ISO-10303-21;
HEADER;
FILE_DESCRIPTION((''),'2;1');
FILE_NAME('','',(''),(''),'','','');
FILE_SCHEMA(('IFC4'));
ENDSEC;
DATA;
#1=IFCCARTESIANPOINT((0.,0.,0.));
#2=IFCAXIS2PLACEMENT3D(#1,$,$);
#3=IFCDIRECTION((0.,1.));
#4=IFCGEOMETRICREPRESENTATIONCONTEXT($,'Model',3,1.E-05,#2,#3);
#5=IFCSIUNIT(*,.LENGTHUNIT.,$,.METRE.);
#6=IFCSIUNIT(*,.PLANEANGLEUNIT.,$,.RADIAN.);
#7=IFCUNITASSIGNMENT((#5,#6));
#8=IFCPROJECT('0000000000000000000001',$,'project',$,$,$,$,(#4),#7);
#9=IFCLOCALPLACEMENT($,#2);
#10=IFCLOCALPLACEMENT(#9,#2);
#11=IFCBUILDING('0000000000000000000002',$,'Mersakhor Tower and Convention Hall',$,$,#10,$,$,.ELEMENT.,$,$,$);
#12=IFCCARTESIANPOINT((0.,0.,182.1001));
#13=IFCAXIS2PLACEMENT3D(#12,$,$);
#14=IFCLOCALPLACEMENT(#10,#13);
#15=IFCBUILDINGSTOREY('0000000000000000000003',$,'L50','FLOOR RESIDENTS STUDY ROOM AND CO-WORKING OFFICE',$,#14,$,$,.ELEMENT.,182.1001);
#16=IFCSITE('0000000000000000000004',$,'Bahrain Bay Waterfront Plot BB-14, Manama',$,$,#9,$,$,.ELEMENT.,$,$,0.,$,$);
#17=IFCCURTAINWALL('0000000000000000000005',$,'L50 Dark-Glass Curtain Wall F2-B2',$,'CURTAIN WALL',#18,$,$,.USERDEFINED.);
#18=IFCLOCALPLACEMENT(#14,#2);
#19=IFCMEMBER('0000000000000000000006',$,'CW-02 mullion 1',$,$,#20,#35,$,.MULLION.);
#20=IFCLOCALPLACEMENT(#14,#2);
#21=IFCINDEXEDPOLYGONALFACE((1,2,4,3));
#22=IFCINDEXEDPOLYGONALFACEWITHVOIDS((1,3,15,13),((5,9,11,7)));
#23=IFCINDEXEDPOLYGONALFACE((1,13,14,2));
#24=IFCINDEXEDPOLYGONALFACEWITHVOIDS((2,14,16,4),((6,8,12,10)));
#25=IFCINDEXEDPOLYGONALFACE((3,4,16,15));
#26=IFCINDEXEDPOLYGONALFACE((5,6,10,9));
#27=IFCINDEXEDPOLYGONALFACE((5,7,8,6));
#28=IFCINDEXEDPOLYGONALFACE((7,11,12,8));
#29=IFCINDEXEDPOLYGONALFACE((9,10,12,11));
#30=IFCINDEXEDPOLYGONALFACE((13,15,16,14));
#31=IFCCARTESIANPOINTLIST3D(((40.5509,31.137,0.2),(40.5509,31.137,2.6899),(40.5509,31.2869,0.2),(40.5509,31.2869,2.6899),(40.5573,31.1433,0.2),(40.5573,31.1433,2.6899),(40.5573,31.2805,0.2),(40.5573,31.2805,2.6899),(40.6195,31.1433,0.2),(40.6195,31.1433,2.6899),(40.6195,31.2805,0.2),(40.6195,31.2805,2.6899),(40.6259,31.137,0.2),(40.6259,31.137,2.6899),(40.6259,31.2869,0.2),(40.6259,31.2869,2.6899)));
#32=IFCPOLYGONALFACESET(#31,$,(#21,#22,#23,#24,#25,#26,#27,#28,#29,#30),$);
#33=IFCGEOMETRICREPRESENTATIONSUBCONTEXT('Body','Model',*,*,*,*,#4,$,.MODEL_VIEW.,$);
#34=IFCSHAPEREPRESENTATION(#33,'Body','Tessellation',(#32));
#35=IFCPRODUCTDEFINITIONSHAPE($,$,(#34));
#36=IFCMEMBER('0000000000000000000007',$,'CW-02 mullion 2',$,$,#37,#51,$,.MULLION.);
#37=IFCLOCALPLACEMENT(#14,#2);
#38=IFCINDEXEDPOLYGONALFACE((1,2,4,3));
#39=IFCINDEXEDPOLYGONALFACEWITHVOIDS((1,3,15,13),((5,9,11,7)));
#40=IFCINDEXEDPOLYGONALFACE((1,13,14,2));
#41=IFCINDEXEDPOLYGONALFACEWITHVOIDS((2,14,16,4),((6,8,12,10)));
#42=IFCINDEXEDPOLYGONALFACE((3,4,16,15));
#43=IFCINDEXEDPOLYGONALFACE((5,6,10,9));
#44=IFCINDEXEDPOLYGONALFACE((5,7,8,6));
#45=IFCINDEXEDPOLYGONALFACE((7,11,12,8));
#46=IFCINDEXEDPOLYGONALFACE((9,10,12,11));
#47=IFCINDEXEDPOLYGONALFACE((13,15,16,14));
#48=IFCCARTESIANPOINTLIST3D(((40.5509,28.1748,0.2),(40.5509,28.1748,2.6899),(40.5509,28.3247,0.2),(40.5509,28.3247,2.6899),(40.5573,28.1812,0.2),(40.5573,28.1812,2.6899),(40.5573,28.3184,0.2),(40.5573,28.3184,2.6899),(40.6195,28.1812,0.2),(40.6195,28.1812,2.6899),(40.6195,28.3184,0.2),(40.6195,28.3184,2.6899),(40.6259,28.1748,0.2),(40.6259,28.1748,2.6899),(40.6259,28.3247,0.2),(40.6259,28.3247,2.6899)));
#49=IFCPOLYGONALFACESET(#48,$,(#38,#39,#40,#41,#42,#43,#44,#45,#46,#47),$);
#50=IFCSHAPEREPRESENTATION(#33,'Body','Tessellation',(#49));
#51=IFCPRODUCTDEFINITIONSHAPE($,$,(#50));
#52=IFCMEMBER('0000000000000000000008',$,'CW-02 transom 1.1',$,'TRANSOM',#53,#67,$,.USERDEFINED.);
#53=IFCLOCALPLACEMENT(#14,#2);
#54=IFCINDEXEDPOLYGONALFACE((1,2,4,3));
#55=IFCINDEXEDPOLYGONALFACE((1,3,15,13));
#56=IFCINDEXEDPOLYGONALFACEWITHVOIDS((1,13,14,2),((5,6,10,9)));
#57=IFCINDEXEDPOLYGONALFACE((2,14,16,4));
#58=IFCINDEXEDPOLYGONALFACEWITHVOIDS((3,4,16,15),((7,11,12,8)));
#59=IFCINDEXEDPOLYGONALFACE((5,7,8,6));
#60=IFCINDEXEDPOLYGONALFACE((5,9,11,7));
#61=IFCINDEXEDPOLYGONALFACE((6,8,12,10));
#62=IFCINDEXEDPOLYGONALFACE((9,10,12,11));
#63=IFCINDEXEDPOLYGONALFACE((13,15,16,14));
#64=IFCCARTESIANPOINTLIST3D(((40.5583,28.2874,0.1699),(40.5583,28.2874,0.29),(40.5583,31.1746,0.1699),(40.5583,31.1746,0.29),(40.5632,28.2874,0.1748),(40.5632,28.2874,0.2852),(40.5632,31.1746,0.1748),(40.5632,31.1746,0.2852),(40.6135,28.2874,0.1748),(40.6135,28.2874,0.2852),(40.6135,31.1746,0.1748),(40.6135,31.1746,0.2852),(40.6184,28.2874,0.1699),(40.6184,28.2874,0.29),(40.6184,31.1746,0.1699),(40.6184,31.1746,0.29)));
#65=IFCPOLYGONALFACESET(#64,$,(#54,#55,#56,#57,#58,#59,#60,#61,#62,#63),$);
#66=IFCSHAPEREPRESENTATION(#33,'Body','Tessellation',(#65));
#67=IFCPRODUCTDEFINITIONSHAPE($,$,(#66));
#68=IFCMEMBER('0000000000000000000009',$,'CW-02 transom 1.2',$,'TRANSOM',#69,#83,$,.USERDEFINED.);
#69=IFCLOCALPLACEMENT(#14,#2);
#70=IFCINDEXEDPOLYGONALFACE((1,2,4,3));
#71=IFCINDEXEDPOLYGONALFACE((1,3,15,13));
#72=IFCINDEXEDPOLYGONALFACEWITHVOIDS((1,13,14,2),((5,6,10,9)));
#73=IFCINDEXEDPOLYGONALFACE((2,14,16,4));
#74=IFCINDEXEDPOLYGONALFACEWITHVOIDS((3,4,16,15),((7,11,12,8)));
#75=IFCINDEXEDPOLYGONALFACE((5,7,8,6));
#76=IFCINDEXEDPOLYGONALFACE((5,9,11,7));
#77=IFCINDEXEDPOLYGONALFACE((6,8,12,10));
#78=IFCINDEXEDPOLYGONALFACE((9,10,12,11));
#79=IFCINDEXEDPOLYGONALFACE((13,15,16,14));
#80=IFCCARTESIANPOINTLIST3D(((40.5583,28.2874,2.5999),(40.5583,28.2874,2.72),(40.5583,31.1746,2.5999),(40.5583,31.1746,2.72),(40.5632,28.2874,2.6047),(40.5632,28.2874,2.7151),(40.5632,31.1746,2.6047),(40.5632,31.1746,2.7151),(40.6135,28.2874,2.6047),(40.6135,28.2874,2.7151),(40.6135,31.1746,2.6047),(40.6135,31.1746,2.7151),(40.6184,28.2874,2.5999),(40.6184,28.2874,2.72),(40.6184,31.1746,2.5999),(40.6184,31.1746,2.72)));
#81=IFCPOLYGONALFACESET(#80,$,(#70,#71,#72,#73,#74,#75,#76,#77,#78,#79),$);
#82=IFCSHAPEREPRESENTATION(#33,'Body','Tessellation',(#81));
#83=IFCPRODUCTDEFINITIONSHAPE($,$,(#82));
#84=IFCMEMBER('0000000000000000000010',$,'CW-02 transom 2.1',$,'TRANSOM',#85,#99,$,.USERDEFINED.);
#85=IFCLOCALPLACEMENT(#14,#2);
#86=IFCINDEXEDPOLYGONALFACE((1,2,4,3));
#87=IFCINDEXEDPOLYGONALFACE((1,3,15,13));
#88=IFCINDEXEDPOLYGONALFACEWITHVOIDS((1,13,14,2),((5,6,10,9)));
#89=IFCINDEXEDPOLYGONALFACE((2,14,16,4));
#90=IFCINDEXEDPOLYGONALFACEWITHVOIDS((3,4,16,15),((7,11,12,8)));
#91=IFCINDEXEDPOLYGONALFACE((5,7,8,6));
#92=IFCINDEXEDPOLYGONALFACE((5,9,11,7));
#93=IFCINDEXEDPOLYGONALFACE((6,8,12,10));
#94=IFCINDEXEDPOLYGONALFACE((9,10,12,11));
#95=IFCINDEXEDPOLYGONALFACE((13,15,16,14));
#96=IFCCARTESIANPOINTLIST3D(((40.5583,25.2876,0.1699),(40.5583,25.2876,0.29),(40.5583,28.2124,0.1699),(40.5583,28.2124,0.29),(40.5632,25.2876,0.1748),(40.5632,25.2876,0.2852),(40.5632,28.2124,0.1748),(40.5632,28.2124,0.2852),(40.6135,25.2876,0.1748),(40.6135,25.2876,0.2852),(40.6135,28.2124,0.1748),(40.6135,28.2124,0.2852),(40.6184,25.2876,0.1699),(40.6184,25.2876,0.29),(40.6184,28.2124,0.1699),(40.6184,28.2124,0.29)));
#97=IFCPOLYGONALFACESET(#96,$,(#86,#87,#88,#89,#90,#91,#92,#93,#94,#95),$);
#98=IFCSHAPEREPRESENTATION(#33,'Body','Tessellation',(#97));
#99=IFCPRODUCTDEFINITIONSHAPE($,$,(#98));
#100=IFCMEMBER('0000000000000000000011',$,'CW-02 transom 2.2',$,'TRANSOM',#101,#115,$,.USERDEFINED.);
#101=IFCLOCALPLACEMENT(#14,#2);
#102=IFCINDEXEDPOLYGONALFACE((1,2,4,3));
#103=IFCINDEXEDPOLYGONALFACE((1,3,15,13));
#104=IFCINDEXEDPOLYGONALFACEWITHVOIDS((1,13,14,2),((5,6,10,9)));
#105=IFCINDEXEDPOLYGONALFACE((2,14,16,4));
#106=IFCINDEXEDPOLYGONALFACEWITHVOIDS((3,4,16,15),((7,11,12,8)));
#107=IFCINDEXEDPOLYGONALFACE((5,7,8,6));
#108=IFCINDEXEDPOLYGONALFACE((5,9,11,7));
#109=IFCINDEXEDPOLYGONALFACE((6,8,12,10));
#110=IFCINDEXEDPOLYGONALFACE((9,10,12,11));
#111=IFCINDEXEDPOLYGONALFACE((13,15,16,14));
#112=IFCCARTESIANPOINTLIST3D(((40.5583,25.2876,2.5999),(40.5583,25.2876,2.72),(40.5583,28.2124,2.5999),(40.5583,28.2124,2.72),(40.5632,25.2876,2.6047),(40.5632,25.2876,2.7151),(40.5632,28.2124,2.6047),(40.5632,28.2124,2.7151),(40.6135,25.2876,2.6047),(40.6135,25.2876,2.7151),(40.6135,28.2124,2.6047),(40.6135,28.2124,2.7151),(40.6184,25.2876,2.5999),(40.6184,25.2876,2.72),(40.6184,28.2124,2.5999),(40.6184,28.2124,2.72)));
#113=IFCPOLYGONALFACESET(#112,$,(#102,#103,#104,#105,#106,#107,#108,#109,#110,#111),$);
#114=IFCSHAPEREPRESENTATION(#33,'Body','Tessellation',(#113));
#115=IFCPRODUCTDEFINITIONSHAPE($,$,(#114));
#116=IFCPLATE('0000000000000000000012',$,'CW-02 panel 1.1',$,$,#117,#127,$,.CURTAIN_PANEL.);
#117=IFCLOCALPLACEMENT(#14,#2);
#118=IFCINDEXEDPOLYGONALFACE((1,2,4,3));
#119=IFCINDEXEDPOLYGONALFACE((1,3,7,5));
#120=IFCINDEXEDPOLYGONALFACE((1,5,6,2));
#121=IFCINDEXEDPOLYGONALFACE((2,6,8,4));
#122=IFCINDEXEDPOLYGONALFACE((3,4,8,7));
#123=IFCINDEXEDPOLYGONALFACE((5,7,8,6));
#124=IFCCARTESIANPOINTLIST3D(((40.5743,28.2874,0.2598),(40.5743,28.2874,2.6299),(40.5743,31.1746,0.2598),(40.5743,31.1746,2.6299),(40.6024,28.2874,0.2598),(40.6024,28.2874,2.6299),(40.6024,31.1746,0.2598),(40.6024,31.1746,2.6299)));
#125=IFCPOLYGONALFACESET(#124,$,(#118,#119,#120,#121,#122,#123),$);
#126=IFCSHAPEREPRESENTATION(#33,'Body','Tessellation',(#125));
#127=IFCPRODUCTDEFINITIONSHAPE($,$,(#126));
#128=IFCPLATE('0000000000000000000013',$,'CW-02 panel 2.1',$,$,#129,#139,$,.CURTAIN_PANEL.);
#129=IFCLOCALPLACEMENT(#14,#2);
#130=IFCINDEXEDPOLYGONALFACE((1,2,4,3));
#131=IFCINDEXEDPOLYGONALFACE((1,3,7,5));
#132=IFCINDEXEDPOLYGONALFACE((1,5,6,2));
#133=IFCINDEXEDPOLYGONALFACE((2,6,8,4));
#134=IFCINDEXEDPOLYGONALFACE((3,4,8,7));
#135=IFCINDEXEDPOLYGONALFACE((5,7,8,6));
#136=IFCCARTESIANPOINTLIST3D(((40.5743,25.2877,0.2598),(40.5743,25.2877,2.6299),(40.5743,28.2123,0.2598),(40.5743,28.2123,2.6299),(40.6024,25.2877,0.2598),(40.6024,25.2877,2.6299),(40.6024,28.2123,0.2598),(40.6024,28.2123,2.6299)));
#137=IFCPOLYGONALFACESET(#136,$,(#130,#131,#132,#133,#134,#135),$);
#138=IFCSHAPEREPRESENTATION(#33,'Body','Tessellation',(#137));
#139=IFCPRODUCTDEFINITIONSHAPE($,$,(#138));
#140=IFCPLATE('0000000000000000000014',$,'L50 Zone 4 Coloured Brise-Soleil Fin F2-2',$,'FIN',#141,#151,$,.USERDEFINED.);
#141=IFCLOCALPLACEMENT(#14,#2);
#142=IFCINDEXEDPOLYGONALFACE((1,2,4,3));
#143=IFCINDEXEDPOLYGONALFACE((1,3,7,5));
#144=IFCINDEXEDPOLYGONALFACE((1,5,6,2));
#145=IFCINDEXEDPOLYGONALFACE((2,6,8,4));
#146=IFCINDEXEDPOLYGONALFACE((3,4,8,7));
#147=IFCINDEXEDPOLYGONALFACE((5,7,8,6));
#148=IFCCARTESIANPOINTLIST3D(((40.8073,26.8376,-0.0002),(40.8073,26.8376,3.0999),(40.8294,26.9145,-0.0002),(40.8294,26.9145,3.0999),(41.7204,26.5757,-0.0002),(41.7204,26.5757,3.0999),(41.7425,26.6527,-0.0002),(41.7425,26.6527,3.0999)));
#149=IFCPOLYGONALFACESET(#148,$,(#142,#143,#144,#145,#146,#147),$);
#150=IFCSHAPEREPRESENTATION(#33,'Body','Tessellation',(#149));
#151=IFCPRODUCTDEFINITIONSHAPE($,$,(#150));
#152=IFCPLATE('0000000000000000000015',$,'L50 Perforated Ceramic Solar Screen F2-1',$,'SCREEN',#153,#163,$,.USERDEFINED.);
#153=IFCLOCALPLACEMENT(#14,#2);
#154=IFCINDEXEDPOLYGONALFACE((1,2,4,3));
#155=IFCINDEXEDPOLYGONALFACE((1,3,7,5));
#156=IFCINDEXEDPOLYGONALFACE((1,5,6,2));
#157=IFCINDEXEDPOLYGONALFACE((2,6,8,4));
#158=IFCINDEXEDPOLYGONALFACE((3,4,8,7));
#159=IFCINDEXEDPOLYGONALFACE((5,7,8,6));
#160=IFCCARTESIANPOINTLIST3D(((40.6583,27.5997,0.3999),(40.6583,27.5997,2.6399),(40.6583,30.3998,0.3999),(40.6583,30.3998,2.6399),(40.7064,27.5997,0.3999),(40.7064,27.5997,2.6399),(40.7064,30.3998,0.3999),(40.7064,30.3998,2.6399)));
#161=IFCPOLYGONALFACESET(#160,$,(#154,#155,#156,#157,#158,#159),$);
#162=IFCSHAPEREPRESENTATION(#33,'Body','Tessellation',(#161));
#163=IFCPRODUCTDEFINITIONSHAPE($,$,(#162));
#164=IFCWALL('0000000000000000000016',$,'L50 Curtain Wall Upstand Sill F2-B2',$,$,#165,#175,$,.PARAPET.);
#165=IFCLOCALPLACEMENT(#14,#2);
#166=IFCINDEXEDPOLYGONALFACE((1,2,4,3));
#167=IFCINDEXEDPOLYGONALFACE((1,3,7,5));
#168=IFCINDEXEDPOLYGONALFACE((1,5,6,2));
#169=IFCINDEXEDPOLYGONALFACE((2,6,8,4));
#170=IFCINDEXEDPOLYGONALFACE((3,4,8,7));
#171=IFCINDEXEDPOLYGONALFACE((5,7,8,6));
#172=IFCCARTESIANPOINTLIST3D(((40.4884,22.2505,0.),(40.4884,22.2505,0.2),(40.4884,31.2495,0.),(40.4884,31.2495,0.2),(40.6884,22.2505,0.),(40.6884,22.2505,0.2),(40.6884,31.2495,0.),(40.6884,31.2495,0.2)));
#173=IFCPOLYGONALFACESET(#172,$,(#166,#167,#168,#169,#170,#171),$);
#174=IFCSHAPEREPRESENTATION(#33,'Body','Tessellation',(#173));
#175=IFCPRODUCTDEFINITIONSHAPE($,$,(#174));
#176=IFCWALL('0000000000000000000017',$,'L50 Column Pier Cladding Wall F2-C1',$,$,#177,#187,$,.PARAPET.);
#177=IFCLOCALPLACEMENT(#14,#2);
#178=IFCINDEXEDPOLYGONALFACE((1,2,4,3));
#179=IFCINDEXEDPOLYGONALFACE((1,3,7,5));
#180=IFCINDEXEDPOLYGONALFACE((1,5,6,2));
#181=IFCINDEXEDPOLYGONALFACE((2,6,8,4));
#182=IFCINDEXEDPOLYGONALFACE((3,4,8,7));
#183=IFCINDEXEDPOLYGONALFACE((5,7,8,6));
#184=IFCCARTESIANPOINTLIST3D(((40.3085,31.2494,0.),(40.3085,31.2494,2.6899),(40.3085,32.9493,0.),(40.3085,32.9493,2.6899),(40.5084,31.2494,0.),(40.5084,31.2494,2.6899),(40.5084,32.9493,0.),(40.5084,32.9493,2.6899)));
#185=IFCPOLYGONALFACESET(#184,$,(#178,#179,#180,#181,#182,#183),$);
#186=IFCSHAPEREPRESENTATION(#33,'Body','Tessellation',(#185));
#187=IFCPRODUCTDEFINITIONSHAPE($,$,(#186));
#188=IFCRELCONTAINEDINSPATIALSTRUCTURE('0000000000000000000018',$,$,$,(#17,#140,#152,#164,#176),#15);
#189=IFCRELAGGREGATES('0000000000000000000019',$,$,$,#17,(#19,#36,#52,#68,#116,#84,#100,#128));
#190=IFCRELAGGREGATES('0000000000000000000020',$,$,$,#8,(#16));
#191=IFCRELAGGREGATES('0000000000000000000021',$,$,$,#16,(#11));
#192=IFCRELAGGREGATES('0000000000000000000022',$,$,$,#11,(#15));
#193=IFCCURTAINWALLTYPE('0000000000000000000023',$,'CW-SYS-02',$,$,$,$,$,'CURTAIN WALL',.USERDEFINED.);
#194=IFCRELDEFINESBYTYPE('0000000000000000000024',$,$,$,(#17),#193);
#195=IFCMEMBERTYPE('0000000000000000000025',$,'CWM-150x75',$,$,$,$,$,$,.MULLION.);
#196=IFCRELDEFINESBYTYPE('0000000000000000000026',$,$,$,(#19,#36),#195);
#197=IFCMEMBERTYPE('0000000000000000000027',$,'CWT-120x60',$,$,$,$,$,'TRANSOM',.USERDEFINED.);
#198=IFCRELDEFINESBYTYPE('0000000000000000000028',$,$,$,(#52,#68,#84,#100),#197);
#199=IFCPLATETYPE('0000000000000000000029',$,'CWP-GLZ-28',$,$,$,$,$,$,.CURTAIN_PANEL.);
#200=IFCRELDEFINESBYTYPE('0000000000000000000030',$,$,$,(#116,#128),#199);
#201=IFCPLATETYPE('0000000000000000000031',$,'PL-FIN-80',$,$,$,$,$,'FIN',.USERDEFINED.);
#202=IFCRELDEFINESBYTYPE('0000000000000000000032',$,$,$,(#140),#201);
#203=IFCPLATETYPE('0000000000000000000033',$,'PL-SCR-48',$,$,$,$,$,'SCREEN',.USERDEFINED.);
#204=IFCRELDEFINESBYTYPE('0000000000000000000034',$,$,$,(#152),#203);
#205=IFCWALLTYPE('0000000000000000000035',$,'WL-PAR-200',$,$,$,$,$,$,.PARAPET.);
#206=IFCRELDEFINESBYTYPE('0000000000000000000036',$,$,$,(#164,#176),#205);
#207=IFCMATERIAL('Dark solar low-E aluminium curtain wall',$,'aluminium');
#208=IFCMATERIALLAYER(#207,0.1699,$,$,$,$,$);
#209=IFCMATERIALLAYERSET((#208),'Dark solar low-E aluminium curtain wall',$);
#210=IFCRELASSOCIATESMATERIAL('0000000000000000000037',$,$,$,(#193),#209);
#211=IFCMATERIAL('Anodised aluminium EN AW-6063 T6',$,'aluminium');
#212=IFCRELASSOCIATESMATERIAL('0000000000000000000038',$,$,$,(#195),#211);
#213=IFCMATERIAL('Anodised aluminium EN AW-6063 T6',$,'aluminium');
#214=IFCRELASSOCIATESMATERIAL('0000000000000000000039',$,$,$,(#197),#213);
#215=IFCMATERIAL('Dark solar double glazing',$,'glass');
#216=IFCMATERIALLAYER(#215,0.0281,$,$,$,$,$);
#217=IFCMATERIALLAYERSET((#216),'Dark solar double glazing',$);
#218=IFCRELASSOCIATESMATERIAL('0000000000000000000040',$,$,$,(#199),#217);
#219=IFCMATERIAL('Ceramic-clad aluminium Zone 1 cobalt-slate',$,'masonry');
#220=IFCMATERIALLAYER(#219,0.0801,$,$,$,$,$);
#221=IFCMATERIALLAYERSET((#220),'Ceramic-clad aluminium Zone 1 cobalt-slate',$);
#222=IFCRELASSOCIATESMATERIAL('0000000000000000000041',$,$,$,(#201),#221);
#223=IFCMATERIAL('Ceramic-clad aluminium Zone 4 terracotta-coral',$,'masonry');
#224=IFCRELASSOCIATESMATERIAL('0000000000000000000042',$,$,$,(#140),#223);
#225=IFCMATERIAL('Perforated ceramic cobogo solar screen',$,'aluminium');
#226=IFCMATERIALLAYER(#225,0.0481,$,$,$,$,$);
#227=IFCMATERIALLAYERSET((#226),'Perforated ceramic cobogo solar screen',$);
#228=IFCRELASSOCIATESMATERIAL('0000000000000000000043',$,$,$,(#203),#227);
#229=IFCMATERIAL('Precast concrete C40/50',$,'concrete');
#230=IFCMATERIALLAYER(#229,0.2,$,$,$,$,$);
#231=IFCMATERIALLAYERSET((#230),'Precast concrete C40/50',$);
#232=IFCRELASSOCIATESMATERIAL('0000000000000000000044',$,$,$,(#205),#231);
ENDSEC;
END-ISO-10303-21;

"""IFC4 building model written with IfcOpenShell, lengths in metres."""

from ifc_helpers import new_model, si_unit, direction, frame, frame_2d, origin, origin_2d, place, context, subcontext, project, spatial, rectangle, hollow_rectangle, extrude, material, layer, layer_set, material_profile, profile_set, type_object, element, aggregate, save


model = new_model("IFC4")

# Units and contexts
model_context = context("Model", 3, precision=1e-05, world=origin(), true_north=direction((0.0, 1.0)))
body_context = subcontext(model_context, "Body", "Model", "MODEL_VIEW")
ifc_project = project(units=[si_unit("LENGTHUNIT", "METRE"), si_unit("PLANEANGLEUNIT", "RADIAN")], contexts=[model_context])

# Site, building, storey
site_placement = place(None, origin())
site = spatial("IfcSite", under=ifc_project, at=site_placement, Name="Bahrain Bay Waterfront Plot BB-14, Manama", CompositionType="ELEMENT", RefElevation=0.0)
building_placement = place(site_placement, origin())
building = spatial("IfcBuilding", under=site, at=building_placement, Name="Mersakhor Tower and Convention Hall", CompositionType="ELEMENT")
storey_placement = place(building_placement, frame((0.0, 0.0, 182.1001)))
storey = spatial("IfcBuildingStorey", under=building, at=storey_placement, Name="L50", Description="FLOOR RESIDENTS STUDY ROOM AND CO-WORKING OFFICE", CompositionType="ELEMENT", Elevation=182.1001)

# Curtain wall, members, plates
ifc_material_1 = material(Name="Dark solar low-E aluminium curtain wall", Category="aluminium")
ifc_layer_1 = layer(ifc_material_1, 0.1699)
ifc_layer_set_1 = layer_set([ifc_layer_1], Name="Dark solar low-E aluminium curtain wall")
curtain_wall_type = type_object("IfcCurtainWallType", Name="CW-SYS-02", ElementType="CURTAIN WALL", PredefinedType="USERDEFINED", material=ifc_layer_set_1)
curtain_wall_placement = place(storey_placement, origin())
curtain_wall = element("IfcCurtainWall", 1, at=curtain_wall_placement, inside=storey, type_object=curtain_wall_type, Name="L50 Dark-Glass Curtain Wall F2-B2", ObjectType="CURTAIN WALL", PredefinedType="USERDEFINED")
ifc_material_2 = material(Name="Anodised aluminium EN AW-6063 T6", Category="aluminium")
ifc_material_profile_1 = material_profile(ifc_material_2, hollow_rectangle(XDim=0.075, YDim=0.1499, WallThickness=0.0063, at=origin_2d()), Name="RHS 150x75x6.3")
ifc_profile_set_1 = profile_set([ifc_material_profile_1], Name="Anodised aluminium EN AW-6063 T6")
member_type_1 = type_object("IfcMemberType", Name="CWM-150x75", PredefinedType="MULLION", material=ifc_profile_set_1)
member_1_placement = place(storey_placement, frame((40.5884, 31.2119, 0.2), z_axis=(0.0, 0.0, 1.0), x_axis=(1.0, 0.0, 0.0)))
member_1 = element("IfcMember", 2, at=member_1_placement, type_object=member_type_1, Name="CW-02 mullion 1", PredefinedType="MULLION", context=body_context, shape_type="SweptSolid", body=[
    extrude(hollow_rectangle(XDim=0.075, YDim=0.1499, WallThickness=0.0063, at=origin_2d()), origin(), (0.0, 0.0, 1.0), 2.49),
])
member_2_placement = place(storey_placement, frame((40.5884, 28.2498, 0.2), z_axis=(0.0, 0.0, 1.0), x_axis=(1.0, 0.0, 0.0)))
member_2 = element("IfcMember", 3, at=member_2_placement, type_object=member_type_1, Name="CW-02 mullion 2", PredefinedType="MULLION", context=body_context, shape_type="SweptSolid", body=[
    extrude(hollow_rectangle(XDim=0.075, YDim=0.1499, WallThickness=0.0063, at=origin_2d()), origin(), (0.0, 0.0, 1.0), 2.49),
])
ifc_material_3 = material(Name="Anodised aluminium EN AW-6063 T6", Category="aluminium")
ifc_material_profile_2 = material_profile(ifc_material_3, hollow_rectangle(XDim=0.0601, YDim=0.1201, WallThickness=0.0049, at=origin_2d()), Name="RHS 120x60x5")
ifc_profile_set_2 = profile_set([ifc_material_profile_2], Name="Anodised aluminium EN AW-6063 T6")
member_type_2 = type_object("IfcMemberType", Name="CWT-120x60", ElementType="TRANSOM", PredefinedType="USERDEFINED", material=ifc_profile_set_2)
member_3_placement = place(storey_placement, frame((40.5884, 31.1746, 0.23), z_axis=(0.0, -1.0, 0.0), x_axis=(1.0, 0.0, 0.0)))
member_3 = element("IfcMember", 4, at=member_3_placement, type_object=member_type_2, Name="CW-02 transom 1.1", ObjectType="TRANSOM", PredefinedType="USERDEFINED", context=body_context, shape_type="SweptSolid", body=[
    extrude(hollow_rectangle(XDim=0.0601, YDim=0.1201, WallThickness=0.0049, at=origin_2d()), origin(), (0.0, 0.0, 1.0), 2.8872),
])
member_4_placement = place(storey_placement, frame((40.5884, 31.1746, 2.6599), z_axis=(0.0, -1.0, 0.0), x_axis=(1.0, 0.0, 0.0)))
member_4 = element("IfcMember", 5, at=member_4_placement, type_object=member_type_2, Name="CW-02 transom 1.2", ObjectType="TRANSOM", PredefinedType="USERDEFINED", context=body_context, shape_type="SweptSolid", body=[
    extrude(hollow_rectangle(XDim=0.0601, YDim=0.1201, WallThickness=0.0049, at=origin_2d()), origin(), (0.0, 0.0, 1.0), 2.8872),
])
member_5_placement = place(storey_placement, frame((40.5884, 28.2124, 0.23), z_axis=(0.0, -1.0, 0.0), x_axis=(1.0, 0.0, 0.0)))
member_5 = element("IfcMember", 6, at=member_5_placement, type_object=member_type_2, Name="CW-02 transom 2.1", ObjectType="TRANSOM", PredefinedType="USERDEFINED", context=body_context, shape_type="SweptSolid", body=[
    extrude(hollow_rectangle(XDim=0.0601, YDim=0.1201, WallThickness=0.0049, at=origin_2d()), origin(), (0.0, 0.0, 1.0), 2.9248),
])
member_6_placement = place(storey_placement, frame((40.5884, 28.2124, 2.6599), z_axis=(0.0, -1.0, 0.0), x_axis=(1.0, 0.0, 0.0)))
member_6 = element("IfcMember", 7, at=member_6_placement, type_object=member_type_2, Name="CW-02 transom 2.2", ObjectType="TRANSOM", PredefinedType="USERDEFINED", context=body_context, shape_type="SweptSolid", body=[
    extrude(hollow_rectangle(XDim=0.0601, YDim=0.1201, WallThickness=0.0049, at=origin_2d()), origin(), (0.0, 0.0, 1.0), 2.9248),
])
ifc_material_4 = material(Name="Dark solar double glazing", Category="glass")
ifc_layer_2 = layer(ifc_material_4, 0.0281)
ifc_layer_set_2 = layer_set([ifc_layer_2], Name="Dark solar double glazing")
plate_type_1 = type_object("IfcPlateType", Name="CWP-GLZ-28", PredefinedType="CURTAIN_PANEL", material=ifc_layer_set_2)
plate_1_placement = place(storey_placement, frame((40.5884, 29.731, 0.2598), z_axis=(0.0, 0.0, 1.0), x_axis=(0.0, -1.0, 0.0)))
plate_1 = element("IfcPlate", 8, at=plate_1_placement, type_object=plate_type_1, Name="CW-02 panel 1.1", PredefinedType="CURTAIN_PANEL", context=body_context, shape_type="SweptSolid", body=[
    extrude(rectangle(XDim=2.8872, YDim=0.0281, at=origin_2d()), origin(), (0.0, 0.0, 1.0), 2.3701),
])
plate_2_placement = place(storey_placement, frame((40.5884, 26.75, 0.2598), z_axis=(0.0, 0.0, 1.0), x_axis=(0.0, -1.0, 0.0)))
plate_2 = element("IfcPlate", 9, at=plate_2_placement, type_object=plate_type_1, Name="CW-02 panel 2.1", PredefinedType="CURTAIN_PANEL", context=body_context, shape_type="SweptSolid", body=[
    extrude(rectangle(XDim=2.9246, YDim=0.0281, at=origin_2d()), origin(), (0.0, 0.0, 1.0), 2.3701),
])
aggregate(curtain_wall, [member_1, member_2, member_3, member_4, plate_1, member_5, member_6, plate_2])

# Plates
ifc_material_5 = material(Name="Ceramic-clad aluminium Zone 4 terracotta-coral", Category="masonry")
ifc_material_6 = material(Name="Ceramic-clad aluminium Zone 1 cobalt-slate", Category="masonry")
ifc_layer_3 = layer(ifc_material_6, 0.0801)
ifc_layer_set_3 = layer_set([ifc_layer_3], Name="Ceramic-clad aluminium Zone 1 cobalt-slate")
plate_type_2 = type_object("IfcPlateType", Name="PL-FIN-80", ElementType="FIN", PredefinedType="USERDEFINED", material=ifc_layer_set_3)
plate_3_placement = place(storey_placement, frame((41.2749, 26.7451, -0.0002), z_axis=(0.0, 0.0, 1.0), x_axis=(0.961262, -0.275637, 0.0)))
element("IfcPlate", 10, at=plate_3_placement, inside=storey, type_object=plate_type_2, material=ifc_material_5, Name="L50 Zone 4 Coloured Brise-Soleil Fin F2-2", ObjectType="FIN", PredefinedType="USERDEFINED", context=body_context, shape_type="SweptSolid", body=[
    extrude(rectangle(XDim=0.95, YDim=0.0801, at=origin_2d()), origin(), (0.0, 0.0, 1.0), 3.1001),
])
ifc_material_7 = material(Name="Perforated ceramic cobogo solar screen", Category="aluminium")
ifc_layer_4 = layer(ifc_material_7, 0.0481)
ifc_layer_set_4 = layer_set([ifc_layer_4], Name="Perforated ceramic cobogo solar screen")
plate_type_3 = type_object("IfcPlateType", Name="PL-SCR-48", ElementType="SCREEN", PredefinedType="USERDEFINED", material=ifc_layer_set_4)
plate_4_placement = place(storey_placement, frame((40.6824, 28.9998, 0.3999), z_axis=(0.0, 0.0, 1.0), x_axis=(0.0, -1.0, 0.0)))
element("IfcPlate", 11, at=plate_4_placement, inside=storey, type_object=plate_type_3, Name="L50 Perforated Ceramic Solar Screen F2-1", ObjectType="SCREEN", PredefinedType="USERDEFINED", context=body_context, shape_type="SweptSolid", body=[
    extrude(rectangle(XDim=2.8, YDim=0.0481, at=origin_2d()), origin(), (0.0, 0.0, 1.0), 2.24),
])

# Walls
ifc_material_8 = material(Name="Precast concrete C40/50", Category="concrete")
ifc_layer_5 = layer(ifc_material_8, 0.2)
ifc_layer_set_5 = layer_set([ifc_layer_5], Name="Precast concrete C40/50")
wall_type_1 = type_object("IfcWallType", Name="WL-PAR-200", PredefinedType="PARAPET", material=ifc_layer_set_5)
wall_1_placement = place(storey_placement, frame((40.5884, 31.2495, 0.0), z_axis=(0.0, 0.0, 1.0), x_axis=(0.0, -1.0, 0.0)))
element("IfcWall", 12, at=wall_1_placement, inside=storey, type_object=wall_type_1, Name="L50 Curtain Wall Upstand Sill F2-B2", PredefinedType="PARAPET", context=body_context, shape_type="SweptSolid", body=[
    extrude(rectangle(XDim=8.999, YDim=0.2, at=frame_2d((4.4995, 0.0))), origin(), (0.0, 0.0, 1.0), 0.2),
])
wall_2_placement = place(storey_placement, frame((40.4084, 32.9495, 0.0), z_axis=(0.0, 0.0, 1.0), x_axis=(0.0, -1.0, 0.0)))
element("IfcWall", 13, at=wall_2_placement, inside=storey, type_object=wall_type_1, Name="L50 Column Pier Cladding Wall F2-C1", PredefinedType="PARAPET", context=body_context, shape_type="SweptSolid", body=[
    extrude(rectangle(XDim=1.7, YDim=0.2, at=frame_2d((0.8501, 0.0))), origin(), (0.0, 0.0, 1.0), 2.6899),
])

save(model, "model.ifc")
